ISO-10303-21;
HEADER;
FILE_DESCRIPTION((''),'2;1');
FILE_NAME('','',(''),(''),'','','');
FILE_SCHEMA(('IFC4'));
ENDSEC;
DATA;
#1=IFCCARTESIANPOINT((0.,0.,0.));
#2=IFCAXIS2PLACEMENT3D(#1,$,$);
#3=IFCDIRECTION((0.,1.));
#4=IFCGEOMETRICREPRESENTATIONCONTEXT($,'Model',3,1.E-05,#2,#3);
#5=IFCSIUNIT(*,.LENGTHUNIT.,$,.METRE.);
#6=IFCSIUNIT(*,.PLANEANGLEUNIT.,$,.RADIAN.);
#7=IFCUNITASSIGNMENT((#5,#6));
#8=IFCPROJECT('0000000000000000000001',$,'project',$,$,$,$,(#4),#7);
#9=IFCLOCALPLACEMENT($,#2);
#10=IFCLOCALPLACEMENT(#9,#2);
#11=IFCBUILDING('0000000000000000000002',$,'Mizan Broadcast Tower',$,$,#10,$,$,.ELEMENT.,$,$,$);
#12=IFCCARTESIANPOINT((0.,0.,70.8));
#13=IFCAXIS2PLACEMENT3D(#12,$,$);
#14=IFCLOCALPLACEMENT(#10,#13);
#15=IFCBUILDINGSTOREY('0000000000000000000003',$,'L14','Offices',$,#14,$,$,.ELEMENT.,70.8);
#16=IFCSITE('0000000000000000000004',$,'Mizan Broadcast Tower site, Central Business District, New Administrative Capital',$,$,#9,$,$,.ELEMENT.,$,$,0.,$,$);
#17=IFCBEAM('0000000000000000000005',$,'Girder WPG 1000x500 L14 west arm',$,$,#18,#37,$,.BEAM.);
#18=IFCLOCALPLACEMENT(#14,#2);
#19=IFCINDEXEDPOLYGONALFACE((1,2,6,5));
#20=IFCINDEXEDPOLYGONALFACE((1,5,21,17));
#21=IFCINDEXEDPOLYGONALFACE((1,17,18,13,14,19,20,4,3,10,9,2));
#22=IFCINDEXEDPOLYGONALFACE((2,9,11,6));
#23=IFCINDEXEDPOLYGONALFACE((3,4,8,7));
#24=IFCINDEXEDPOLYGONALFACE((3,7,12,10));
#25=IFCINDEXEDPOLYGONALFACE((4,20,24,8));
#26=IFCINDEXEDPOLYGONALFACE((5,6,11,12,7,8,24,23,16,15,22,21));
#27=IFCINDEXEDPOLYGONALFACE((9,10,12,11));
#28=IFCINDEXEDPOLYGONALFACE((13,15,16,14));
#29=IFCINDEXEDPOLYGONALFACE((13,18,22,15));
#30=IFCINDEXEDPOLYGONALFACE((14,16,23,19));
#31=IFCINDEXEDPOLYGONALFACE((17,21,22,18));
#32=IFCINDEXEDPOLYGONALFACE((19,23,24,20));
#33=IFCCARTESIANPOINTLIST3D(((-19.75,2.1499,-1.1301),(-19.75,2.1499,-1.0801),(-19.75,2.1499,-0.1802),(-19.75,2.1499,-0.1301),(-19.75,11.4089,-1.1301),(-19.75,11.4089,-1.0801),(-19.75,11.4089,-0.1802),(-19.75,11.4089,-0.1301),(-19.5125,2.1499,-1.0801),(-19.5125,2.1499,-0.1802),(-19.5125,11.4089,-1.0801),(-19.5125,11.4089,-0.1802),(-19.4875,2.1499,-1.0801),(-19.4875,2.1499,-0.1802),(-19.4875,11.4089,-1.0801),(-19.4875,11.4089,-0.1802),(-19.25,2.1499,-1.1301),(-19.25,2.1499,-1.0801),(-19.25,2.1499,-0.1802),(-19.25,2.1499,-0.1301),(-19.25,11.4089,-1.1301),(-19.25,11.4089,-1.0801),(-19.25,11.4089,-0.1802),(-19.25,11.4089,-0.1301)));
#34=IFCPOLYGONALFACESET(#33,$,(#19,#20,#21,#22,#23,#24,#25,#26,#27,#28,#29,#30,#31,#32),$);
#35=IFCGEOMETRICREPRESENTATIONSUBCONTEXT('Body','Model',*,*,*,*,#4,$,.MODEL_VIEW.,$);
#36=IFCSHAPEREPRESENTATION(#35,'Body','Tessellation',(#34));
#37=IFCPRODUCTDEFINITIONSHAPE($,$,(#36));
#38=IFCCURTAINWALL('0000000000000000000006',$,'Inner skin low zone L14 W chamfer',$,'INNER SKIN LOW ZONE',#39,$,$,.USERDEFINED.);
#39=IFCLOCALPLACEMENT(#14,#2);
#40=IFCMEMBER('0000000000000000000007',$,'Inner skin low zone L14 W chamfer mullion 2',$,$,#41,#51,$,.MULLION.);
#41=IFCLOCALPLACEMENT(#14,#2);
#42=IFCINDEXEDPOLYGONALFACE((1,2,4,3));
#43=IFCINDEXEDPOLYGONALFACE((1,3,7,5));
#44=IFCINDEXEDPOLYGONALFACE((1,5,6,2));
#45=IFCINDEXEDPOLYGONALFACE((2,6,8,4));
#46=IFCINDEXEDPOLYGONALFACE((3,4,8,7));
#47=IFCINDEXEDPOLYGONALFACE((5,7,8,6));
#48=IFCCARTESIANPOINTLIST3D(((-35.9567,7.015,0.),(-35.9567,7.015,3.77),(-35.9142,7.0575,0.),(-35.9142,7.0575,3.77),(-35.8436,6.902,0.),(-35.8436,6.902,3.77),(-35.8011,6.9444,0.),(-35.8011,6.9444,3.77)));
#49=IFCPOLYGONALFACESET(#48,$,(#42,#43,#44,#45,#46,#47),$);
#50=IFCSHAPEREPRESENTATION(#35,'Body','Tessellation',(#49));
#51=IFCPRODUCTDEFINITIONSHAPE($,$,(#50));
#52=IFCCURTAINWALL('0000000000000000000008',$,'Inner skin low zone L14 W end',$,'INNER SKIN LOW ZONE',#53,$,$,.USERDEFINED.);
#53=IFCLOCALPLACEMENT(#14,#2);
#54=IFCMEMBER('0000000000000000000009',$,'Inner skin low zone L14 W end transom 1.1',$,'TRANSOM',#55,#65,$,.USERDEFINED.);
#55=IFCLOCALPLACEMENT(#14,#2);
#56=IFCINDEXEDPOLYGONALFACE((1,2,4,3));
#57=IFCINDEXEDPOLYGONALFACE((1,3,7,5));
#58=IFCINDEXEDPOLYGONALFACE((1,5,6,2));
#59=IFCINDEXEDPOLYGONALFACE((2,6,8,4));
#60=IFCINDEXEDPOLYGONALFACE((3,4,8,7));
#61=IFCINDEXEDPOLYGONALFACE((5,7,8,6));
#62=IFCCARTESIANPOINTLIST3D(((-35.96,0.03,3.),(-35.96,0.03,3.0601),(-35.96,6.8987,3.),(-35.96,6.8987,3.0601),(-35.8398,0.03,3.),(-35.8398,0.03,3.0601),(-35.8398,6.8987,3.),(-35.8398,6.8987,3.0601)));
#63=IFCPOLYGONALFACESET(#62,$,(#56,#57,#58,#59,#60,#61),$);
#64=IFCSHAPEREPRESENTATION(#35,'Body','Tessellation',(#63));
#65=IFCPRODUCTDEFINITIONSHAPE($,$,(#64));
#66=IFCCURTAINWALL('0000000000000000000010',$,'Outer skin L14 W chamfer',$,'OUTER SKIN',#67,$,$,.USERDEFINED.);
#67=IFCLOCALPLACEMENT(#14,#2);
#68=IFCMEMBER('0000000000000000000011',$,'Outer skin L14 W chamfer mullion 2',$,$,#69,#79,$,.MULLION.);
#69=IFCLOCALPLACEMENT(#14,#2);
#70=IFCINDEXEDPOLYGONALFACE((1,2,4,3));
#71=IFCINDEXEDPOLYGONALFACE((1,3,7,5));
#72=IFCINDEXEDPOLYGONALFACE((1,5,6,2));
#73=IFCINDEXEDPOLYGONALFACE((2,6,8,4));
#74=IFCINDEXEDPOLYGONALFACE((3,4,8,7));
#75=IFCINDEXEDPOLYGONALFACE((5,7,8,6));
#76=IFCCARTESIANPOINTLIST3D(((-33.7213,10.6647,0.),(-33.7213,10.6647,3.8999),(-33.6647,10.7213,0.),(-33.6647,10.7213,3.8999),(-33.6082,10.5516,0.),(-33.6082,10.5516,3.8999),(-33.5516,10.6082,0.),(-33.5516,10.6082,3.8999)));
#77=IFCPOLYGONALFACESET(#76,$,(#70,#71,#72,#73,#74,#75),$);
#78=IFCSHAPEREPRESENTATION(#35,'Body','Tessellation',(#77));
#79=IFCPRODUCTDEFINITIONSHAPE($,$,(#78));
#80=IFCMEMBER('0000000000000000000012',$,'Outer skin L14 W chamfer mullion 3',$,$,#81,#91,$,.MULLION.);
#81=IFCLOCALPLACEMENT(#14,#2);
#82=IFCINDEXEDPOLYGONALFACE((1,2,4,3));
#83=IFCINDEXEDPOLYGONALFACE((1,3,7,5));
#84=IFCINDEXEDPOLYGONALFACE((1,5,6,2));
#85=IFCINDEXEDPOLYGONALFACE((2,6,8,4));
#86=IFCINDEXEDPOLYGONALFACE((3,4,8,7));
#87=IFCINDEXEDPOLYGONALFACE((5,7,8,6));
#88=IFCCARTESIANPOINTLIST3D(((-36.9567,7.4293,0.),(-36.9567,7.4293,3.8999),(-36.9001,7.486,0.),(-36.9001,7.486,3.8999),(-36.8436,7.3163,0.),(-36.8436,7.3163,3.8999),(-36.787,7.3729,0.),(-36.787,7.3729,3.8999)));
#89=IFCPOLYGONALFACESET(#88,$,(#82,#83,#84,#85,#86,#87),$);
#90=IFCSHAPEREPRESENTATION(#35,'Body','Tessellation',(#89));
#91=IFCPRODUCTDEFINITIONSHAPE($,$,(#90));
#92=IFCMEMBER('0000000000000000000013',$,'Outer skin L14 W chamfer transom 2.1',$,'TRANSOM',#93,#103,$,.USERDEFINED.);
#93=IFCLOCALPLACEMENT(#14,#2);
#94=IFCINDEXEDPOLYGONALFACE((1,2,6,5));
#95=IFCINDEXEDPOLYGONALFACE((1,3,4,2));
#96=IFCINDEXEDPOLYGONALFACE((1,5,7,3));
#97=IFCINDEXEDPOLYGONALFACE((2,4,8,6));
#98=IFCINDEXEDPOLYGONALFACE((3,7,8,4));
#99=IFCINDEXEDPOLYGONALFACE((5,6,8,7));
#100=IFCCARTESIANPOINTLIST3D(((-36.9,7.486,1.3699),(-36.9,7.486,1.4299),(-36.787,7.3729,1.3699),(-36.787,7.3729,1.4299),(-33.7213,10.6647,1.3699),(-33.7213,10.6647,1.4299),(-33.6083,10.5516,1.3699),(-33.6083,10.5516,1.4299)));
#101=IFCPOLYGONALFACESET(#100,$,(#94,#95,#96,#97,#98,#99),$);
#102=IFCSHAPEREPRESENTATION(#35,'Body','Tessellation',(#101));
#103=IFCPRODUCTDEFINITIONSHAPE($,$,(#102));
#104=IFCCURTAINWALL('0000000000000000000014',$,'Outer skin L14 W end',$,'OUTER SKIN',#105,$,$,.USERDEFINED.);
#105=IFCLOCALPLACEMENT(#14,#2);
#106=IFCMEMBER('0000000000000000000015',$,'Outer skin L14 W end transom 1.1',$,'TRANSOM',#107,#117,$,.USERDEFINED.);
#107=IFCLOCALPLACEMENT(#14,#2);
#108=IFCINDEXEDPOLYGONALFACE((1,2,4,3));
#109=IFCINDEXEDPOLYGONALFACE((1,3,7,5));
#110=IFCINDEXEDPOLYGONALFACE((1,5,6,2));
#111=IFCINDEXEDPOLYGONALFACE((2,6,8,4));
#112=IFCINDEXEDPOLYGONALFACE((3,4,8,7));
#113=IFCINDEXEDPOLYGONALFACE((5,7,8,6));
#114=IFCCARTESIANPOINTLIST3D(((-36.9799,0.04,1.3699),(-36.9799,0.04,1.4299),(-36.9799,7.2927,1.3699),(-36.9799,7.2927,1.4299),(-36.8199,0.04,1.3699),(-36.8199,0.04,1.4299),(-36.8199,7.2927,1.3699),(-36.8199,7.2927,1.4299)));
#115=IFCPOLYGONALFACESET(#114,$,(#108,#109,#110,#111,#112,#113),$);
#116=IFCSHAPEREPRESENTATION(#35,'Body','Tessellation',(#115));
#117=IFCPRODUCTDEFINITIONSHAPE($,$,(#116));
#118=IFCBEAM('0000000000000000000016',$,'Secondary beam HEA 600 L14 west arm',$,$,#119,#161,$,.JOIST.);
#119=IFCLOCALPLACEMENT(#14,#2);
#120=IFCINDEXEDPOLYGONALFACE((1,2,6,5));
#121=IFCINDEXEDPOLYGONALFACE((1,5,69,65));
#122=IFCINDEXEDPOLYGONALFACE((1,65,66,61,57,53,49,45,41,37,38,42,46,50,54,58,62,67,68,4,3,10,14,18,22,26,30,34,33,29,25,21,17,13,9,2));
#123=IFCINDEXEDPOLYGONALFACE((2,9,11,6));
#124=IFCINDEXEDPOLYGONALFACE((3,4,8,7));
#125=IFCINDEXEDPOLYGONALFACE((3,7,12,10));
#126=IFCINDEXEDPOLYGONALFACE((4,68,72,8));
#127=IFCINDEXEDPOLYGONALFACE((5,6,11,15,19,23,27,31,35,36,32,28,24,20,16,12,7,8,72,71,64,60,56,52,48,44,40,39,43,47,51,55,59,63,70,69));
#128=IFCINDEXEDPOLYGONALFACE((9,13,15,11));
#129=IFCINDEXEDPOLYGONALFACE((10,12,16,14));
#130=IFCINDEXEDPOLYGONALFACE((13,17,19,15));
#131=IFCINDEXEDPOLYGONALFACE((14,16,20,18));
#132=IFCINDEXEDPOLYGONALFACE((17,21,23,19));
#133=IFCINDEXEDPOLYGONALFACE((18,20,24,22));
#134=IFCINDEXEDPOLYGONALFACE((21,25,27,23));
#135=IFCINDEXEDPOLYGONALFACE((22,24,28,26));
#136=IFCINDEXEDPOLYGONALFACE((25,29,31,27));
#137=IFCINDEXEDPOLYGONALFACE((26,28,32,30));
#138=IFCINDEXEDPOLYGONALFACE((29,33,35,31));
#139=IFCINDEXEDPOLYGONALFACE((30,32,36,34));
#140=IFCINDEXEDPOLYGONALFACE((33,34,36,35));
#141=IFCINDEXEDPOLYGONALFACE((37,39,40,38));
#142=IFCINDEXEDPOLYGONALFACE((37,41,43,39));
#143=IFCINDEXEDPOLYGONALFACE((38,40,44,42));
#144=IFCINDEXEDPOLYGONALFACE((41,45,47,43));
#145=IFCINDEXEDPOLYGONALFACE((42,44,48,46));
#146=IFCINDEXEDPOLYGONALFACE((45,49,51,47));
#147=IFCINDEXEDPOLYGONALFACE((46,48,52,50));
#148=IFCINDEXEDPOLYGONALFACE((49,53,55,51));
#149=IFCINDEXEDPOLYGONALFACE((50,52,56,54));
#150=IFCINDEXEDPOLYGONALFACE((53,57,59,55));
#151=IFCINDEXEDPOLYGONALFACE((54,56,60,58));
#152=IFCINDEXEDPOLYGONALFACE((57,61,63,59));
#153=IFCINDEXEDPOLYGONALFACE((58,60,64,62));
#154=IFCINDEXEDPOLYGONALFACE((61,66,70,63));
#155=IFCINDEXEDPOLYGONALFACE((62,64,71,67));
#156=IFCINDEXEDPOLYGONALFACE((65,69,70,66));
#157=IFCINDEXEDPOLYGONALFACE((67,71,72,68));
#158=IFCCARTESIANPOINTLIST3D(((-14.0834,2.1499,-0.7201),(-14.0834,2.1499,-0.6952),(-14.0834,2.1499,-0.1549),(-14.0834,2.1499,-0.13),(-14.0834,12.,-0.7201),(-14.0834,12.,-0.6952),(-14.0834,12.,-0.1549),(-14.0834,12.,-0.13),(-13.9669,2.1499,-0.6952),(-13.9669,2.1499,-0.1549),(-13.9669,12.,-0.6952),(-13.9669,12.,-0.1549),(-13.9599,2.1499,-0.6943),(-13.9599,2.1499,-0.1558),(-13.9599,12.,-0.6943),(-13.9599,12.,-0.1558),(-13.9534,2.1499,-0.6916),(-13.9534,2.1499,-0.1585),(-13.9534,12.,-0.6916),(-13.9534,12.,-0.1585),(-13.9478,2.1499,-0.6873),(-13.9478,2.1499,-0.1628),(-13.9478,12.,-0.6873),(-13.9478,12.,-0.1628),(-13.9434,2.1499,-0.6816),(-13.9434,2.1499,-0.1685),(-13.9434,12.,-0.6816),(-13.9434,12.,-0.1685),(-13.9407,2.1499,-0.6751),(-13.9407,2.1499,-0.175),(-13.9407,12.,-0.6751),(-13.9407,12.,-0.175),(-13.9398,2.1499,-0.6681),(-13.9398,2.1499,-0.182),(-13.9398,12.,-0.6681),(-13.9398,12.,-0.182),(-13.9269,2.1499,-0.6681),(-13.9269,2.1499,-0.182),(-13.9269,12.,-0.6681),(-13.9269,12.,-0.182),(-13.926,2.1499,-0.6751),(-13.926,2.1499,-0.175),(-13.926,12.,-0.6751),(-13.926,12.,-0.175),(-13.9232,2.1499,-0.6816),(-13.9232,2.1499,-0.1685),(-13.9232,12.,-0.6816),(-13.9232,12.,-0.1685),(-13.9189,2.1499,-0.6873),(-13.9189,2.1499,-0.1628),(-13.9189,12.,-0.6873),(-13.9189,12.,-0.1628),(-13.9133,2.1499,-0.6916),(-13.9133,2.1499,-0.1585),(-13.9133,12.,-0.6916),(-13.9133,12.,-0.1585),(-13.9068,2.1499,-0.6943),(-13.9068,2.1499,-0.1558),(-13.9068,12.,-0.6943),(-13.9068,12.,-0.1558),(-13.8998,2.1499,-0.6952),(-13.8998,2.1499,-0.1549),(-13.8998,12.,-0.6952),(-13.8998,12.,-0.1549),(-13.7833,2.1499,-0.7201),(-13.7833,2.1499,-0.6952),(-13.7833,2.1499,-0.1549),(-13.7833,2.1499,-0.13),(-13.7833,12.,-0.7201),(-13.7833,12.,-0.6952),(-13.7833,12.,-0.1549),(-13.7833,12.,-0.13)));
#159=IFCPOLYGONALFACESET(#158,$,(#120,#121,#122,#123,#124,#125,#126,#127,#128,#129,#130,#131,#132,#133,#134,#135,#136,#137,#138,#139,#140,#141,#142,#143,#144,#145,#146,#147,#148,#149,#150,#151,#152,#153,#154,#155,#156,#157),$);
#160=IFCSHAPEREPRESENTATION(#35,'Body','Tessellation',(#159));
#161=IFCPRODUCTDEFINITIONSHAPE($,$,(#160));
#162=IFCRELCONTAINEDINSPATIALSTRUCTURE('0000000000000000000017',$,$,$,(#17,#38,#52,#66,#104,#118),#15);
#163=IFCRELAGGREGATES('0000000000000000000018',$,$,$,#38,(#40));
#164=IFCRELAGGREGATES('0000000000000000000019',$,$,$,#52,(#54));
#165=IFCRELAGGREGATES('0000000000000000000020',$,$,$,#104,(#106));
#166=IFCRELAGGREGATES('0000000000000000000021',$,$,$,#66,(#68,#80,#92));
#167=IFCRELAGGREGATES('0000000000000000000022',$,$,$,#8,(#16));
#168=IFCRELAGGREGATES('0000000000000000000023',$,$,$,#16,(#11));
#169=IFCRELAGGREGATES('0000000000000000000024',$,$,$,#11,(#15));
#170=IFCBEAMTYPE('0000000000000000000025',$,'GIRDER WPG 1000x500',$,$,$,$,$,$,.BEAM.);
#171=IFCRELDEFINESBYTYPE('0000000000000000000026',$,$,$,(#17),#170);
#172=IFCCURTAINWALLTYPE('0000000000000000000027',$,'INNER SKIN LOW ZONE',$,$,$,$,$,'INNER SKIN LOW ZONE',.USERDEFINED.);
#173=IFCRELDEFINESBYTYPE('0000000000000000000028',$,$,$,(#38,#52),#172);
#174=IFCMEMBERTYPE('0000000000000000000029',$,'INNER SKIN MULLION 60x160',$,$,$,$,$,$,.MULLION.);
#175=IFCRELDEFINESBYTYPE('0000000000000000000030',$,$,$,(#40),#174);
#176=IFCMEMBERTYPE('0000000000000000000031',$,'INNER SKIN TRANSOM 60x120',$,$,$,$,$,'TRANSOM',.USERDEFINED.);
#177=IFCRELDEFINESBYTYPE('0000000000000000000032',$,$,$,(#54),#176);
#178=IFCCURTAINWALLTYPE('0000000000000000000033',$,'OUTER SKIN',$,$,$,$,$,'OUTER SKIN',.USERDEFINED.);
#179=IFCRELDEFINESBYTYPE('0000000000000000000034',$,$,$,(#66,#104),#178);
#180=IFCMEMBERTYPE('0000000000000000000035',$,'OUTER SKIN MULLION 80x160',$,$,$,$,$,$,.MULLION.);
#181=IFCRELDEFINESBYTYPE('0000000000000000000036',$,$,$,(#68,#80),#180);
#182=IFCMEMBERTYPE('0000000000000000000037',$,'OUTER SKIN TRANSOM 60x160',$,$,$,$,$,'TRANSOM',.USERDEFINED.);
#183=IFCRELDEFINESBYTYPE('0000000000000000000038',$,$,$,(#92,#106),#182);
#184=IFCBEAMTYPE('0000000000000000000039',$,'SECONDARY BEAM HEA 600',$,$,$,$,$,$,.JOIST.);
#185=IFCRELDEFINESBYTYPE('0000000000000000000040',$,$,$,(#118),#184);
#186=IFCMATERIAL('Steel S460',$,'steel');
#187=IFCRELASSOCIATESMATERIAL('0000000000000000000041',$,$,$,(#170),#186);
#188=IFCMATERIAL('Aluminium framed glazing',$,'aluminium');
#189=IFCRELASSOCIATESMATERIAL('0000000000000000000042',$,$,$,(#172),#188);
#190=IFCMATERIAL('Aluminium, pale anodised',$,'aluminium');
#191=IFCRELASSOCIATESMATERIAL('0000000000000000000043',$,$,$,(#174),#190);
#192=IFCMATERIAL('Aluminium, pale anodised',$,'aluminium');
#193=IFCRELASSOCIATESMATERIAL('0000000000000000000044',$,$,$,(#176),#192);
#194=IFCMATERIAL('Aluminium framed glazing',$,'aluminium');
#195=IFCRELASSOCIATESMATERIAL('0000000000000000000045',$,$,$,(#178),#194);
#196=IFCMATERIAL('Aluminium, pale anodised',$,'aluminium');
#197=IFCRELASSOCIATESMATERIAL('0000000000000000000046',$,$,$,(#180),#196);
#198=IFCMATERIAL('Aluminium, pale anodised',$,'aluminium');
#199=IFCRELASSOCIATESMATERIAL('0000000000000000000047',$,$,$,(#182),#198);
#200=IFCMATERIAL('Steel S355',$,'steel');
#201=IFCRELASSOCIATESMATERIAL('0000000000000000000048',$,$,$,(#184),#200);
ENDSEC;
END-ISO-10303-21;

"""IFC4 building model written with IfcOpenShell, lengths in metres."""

from ifc_helpers import new_model, si_unit, direction, frame, origin, origin_2d, place, context, subcontext, project, spatial, rectangle, i_section, extrude, material, material_profile, profile_set, type_object, element, aggregate, save


model = new_model("IFC4")

# Units and contexts
model_context = context("Model", 3, precision=1e-05, world=origin(), true_north=direction((0.0, 1.0)))
body_context = subcontext(model_context, "Body", "Model", "MODEL_VIEW")
ifc_project = project(units=[si_unit("LENGTHUNIT", "METRE"), si_unit("PLANEANGLEUNIT", "RADIAN")], contexts=[model_context])

# Site, building, storey
site_placement = place(None, origin())
site = spatial("IfcSite", under=ifc_project, at=site_placement, Name="Mizan Broadcast Tower site, Central Business District, New Administrative Capital", CompositionType="ELEMENT", RefElevation=0.0)
building_placement = place(site_placement, origin())
building = spatial("IfcBuilding", under=site, at=building_placement, Name="Mizan Broadcast Tower", CompositionType="ELEMENT")
storey_placement = place(building_placement, frame((0.0, 0.0, 70.8)))
storey = spatial("IfcBuildingStorey", under=building, at=storey_placement, Name="L14", Description="Offices", CompositionType="ELEMENT", Elevation=70.8)

# Beam
ifc_material_1 = material(Name="Steel S460", Category="steel")
ifc_material_profile_1 = material_profile(ifc_material_1, i_section(OverallWidth=0.5, OverallDepth=1.0, WebThickness=0.0249, FlangeThickness=0.05, at=origin_2d()), Name="WPG 1000x500")
ifc_profile_set_1 = profile_set([ifc_material_profile_1], Name="Steel S460")
beam_type_1 = type_object("IfcBeamType", Name="GIRDER WPG 1000x500", PredefinedType="BEAM", material=ifc_profile_set_1)
beam_1_placement = place(storey_placement, frame((-19.5, 11.4089, -0.6301), z_axis=(0.0, -1.0, 0.0), x_axis=(1.0, 0.0, 0.0)))
element("IfcBeam", 1, at=beam_1_placement, inside=storey, type_object=beam_type_1, Name="Girder WPG 1000x500 L14 west arm", PredefinedType="BEAM", context=body_context, shape_type="SweptSolid", body=[
    extrude(i_section(OverallWidth=0.5, OverallDepth=1.0, WebThickness=0.0249, FlangeThickness=0.05, at=origin_2d()), origin(), (0.0, 0.0, 1.0), 9.259),
])

# Curtain walls, members
ifc_material_2 = material(Name="Aluminium framed glazing", Category="aluminium")
curtain_wall_type_1 = type_object("IfcCurtainWallType", Name="INNER SKIN LOW ZONE", ElementType="INNER SKIN LOW ZONE", PredefinedType="USERDEFINED", material=ifc_material_2)
curtain_wall_1_placement = place(storey_placement, origin())
curtain_wall_1 = element("IfcCurtainWall", 2, at=curtain_wall_1_placement, inside=storey, type_object=curtain_wall_type_1, Name="Inner skin low zone L14 W chamfer", ObjectType="INNER SKIN LOW ZONE", PredefinedType="USERDEFINED")
ifc_material_3 = material(Name="Aluminium, pale anodised", Category="aluminium")
ifc_material_profile_2 = material_profile(ifc_material_3, rectangle(XDim=0.1599, YDim=0.0601, at=origin_2d()), Name="MULLION 160x60")
ifc_profile_set_2 = profile_set([ifc_material_profile_2], Name="Aluminium, pale anodised")
member_type_1 = type_object("IfcMemberType", Name="INNER SKIN MULLION 60x160", PredefinedType="MULLION", material=ifc_profile_set_2)
member_1_placement = place(storey_placement, frame((-35.8789, 6.9797, 0.0), z_axis=(0.0, 0.0, 1.0), x_axis=(0.707107, -0.707107, 0.0)))
member_1 = element("IfcMember", 3, at=member_1_placement, type_object=member_type_1, Name="Inner skin low zone L14 W chamfer mullion 2", PredefinedType="MULLION", context=body_context, shape_type="SweptSolid", body=[
    extrude(rectangle(XDim=0.1599, YDim=0.0601, at=origin_2d()), origin(), (0.0, 0.0, 1.0), 3.77),
])
curtain_wall_2_placement = place(storey_placement, origin())
curtain_wall_2 = element("IfcCurtainWall", 4, at=curtain_wall_2_placement, inside=storey, type_object=curtain_wall_type_1, Name="Inner skin low zone L14 W end", ObjectType="INNER SKIN LOW ZONE", PredefinedType="USERDEFINED")
ifc_material_4 = material(Name="Aluminium, pale anodised", Category="aluminium")
ifc_material_profile_3 = material_profile(ifc_material_4, rectangle(XDim=0.1201, YDim=0.0601, at=origin_2d()), Name="TRANSOM 120x60")
ifc_profile_set_3 = profile_set([ifc_material_profile_3], Name="Aluminium, pale anodised")
member_type_2 = type_object("IfcMemberType", Name="INNER SKIN TRANSOM 60x120", ElementType="TRANSOM", PredefinedType="USERDEFINED", material=ifc_profile_set_3)
member_2_placement = place(storey_placement, frame((-35.8999, 6.8987, 3.03), z_axis=(0.0, -1.0, 0.0), x_axis=(1.0, 0.0, 0.0)))
member_2 = element("IfcMember", 5, at=member_2_placement, type_object=member_type_2, Name="Inner skin low zone L14 W end transom 1.1", ObjectType="TRANSOM", PredefinedType="USERDEFINED", context=body_context, shape_type="SweptSolid", body=[
    extrude(rectangle(XDim=0.1201, YDim=0.0601, at=origin_2d()), origin(), (0.0, 0.0, 1.0), 6.8687),
])

# Curtain wall, members
ifc_material_5 = material(Name="Aluminium framed glazing", Category="aluminium")
curtain_wall_type_2 = type_object("IfcCurtainWallType", Name="OUTER SKIN", ElementType="OUTER SKIN", PredefinedType="USERDEFINED", material=ifc_material_5)
curtain_wall_3_placement = place(storey_placement, origin())
curtain_wall_3 = element("IfcCurtainWall", 6, at=curtain_wall_3_placement, inside=storey, type_object=curtain_wall_type_2, Name="Outer skin L14 W chamfer", ObjectType="OUTER SKIN", PredefinedType="USERDEFINED")
ifc_material_6 = material(Name="Aluminium, pale anodised", Category="aluminium")
ifc_material_profile_4 = material_profile(ifc_material_6, rectangle(XDim=0.1599, YDim=0.0801, at=origin_2d()), Name="MULLION 160x80")
ifc_profile_set_4 = profile_set([ifc_material_profile_4], Name="Aluminium, pale anodised")
member_type_3 = type_object("IfcMemberType", Name="OUTER SKIN MULLION 80x160", PredefinedType="MULLION", material=ifc_profile_set_4)
member_3_placement = place(storey_placement, frame((-33.6365, 10.6365, 0.0), z_axis=(0.0, 0.0, 1.0), x_axis=(0.707107, -0.707107, 0.0)))
member_3 = element("IfcMember", 7, at=member_3_placement, type_object=member_type_3, Name="Outer skin L14 W chamfer mullion 2", PredefinedType="MULLION", context=body_context, shape_type="SweptSolid", body=[
    extrude(rectangle(XDim=0.1599, YDim=0.0801, at=origin_2d()), origin(), (0.0, 0.0, 1.0), 3.8999),
])
member_4_placement = place(storey_placement, frame((-36.8718, 7.4011, 0.0), z_axis=(0.0, 0.0, 1.0), x_axis=(0.707107, -0.707107, 0.0)))
member_4 = element("IfcMember", 8, at=member_4_placement, type_object=member_type_3, Name="Outer skin L14 W chamfer mullion 3", PredefinedType="MULLION", context=body_context, shape_type="SweptSolid", body=[
    extrude(rectangle(XDim=0.1599, YDim=0.0801, at=origin_2d()), origin(), (0.0, 0.0, 1.0), 3.8999),
])
ifc_material_7 = material(Name="Aluminium, pale anodised", Category="aluminium")
ifc_material_profile_5 = material_profile(ifc_material_7, rectangle(XDim=0.1599, YDim=0.0601, at=origin_2d()), Name="TRANSOM 160x60")
ifc_profile_set_5 = profile_set([ifc_material_profile_5], Name="Aluminium, pale anodised")
member_type_4 = type_object("IfcMemberType", Name="OUTER SKIN TRANSOM 60x160", ElementType="TRANSOM", PredefinedType="USERDEFINED", material=ifc_profile_set_5)
member_5_placement = place(storey_placement, frame((-33.6648, 10.6082, 1.3999), z_axis=(-0.707107, -0.707107, 0.0), x_axis=(0.707107, -0.707107, 0.0)))
member_5 = element("IfcMember", 9, at=member_5_placement, type_object=member_type_4, Name="Outer skin L14 W chamfer transom 2.1", ObjectType="TRANSOM", PredefinedType="USERDEFINED", context=body_context, shape_type="SweptSolid", body=[
    extrude(rectangle(XDim=0.1599, YDim=0.0601, at=origin_2d()), origin(), (0.0, 0.0, 1.0), 4.4954),
])

# Curtain wall, member
curtain_wall_4_placement = place(storey_placement, origin())
curtain_wall_4 = element("IfcCurtainWall", 10, at=curtain_wall_4_placement, inside=storey, type_object=curtain_wall_type_2, Name="Outer skin L14 W end", ObjectType="OUTER SKIN", PredefinedType="USERDEFINED")
member_6_placement = place(storey_placement, frame((-36.8999, 7.2927, 1.3999), z_axis=(0.0, -1.0, 0.0), x_axis=(1.0, 0.0, 0.0)))
member_6 = element("IfcMember", 11, at=member_6_placement, type_object=member_type_4, Name="Outer skin L14 W end transom 1.1", ObjectType="TRANSOM", PredefinedType="USERDEFINED", context=body_context, shape_type="SweptSolid", body=[
    extrude(rectangle(XDim=0.1599, YDim=0.0601, at=origin_2d()), origin(), (0.0, 0.0, 1.0), 7.2527),
])

# Beam
ifc_material_8 = material(Name="Steel S355", Category="steel")
ifc_material_profile_6 = material_profile(ifc_material_8, i_section(OverallWidth=0.3, OverallDepth=0.5901, WebThickness=0.0129, FlangeThickness=0.0249, FilletRadius=0.0271, at=origin_2d()), Name="HEA 600")
ifc_profile_set_6 = profile_set([ifc_material_profile_6], Name="Steel S355")
beam_type_2 = type_object("IfcBeamType", Name="SECONDARY BEAM HEA 600", PredefinedType="JOIST", material=ifc_profile_set_6)
for number, where, z_axis, x_axis, name in (
    (12, (-13.9333, 12.0, -0.425), (0.0, -1.0, 0.0), (1.0, 0.0, 0.0), "Secondary beam HEA 600 L14 west arm"),
):
    element("IfcBeam", number, at=place(storey_placement, frame(where, z_axis=z_axis, x_axis=x_axis)), inside=storey, type_object=beam_type_2, Name=name, PredefinedType="JOIST", context=body_context, shape_type="SweptSolid", body=[
        extrude(i_section(OverallWidth=0.3, OverallDepth=0.5901, WebThickness=0.0129, FlangeThickness=0.0249, FilletRadius=0.0271, at=origin_2d()), origin(), (0.0, 0.0, 1.0), 9.8501),
    ])

aggregate(curtain_wall_1, [member_1])
aggregate(curtain_wall_2, [member_2])
aggregate(curtain_wall_4, [member_6])
aggregate(curtain_wall_3, [member_3, member_4, member_5])

save(model, "model.ifc")
